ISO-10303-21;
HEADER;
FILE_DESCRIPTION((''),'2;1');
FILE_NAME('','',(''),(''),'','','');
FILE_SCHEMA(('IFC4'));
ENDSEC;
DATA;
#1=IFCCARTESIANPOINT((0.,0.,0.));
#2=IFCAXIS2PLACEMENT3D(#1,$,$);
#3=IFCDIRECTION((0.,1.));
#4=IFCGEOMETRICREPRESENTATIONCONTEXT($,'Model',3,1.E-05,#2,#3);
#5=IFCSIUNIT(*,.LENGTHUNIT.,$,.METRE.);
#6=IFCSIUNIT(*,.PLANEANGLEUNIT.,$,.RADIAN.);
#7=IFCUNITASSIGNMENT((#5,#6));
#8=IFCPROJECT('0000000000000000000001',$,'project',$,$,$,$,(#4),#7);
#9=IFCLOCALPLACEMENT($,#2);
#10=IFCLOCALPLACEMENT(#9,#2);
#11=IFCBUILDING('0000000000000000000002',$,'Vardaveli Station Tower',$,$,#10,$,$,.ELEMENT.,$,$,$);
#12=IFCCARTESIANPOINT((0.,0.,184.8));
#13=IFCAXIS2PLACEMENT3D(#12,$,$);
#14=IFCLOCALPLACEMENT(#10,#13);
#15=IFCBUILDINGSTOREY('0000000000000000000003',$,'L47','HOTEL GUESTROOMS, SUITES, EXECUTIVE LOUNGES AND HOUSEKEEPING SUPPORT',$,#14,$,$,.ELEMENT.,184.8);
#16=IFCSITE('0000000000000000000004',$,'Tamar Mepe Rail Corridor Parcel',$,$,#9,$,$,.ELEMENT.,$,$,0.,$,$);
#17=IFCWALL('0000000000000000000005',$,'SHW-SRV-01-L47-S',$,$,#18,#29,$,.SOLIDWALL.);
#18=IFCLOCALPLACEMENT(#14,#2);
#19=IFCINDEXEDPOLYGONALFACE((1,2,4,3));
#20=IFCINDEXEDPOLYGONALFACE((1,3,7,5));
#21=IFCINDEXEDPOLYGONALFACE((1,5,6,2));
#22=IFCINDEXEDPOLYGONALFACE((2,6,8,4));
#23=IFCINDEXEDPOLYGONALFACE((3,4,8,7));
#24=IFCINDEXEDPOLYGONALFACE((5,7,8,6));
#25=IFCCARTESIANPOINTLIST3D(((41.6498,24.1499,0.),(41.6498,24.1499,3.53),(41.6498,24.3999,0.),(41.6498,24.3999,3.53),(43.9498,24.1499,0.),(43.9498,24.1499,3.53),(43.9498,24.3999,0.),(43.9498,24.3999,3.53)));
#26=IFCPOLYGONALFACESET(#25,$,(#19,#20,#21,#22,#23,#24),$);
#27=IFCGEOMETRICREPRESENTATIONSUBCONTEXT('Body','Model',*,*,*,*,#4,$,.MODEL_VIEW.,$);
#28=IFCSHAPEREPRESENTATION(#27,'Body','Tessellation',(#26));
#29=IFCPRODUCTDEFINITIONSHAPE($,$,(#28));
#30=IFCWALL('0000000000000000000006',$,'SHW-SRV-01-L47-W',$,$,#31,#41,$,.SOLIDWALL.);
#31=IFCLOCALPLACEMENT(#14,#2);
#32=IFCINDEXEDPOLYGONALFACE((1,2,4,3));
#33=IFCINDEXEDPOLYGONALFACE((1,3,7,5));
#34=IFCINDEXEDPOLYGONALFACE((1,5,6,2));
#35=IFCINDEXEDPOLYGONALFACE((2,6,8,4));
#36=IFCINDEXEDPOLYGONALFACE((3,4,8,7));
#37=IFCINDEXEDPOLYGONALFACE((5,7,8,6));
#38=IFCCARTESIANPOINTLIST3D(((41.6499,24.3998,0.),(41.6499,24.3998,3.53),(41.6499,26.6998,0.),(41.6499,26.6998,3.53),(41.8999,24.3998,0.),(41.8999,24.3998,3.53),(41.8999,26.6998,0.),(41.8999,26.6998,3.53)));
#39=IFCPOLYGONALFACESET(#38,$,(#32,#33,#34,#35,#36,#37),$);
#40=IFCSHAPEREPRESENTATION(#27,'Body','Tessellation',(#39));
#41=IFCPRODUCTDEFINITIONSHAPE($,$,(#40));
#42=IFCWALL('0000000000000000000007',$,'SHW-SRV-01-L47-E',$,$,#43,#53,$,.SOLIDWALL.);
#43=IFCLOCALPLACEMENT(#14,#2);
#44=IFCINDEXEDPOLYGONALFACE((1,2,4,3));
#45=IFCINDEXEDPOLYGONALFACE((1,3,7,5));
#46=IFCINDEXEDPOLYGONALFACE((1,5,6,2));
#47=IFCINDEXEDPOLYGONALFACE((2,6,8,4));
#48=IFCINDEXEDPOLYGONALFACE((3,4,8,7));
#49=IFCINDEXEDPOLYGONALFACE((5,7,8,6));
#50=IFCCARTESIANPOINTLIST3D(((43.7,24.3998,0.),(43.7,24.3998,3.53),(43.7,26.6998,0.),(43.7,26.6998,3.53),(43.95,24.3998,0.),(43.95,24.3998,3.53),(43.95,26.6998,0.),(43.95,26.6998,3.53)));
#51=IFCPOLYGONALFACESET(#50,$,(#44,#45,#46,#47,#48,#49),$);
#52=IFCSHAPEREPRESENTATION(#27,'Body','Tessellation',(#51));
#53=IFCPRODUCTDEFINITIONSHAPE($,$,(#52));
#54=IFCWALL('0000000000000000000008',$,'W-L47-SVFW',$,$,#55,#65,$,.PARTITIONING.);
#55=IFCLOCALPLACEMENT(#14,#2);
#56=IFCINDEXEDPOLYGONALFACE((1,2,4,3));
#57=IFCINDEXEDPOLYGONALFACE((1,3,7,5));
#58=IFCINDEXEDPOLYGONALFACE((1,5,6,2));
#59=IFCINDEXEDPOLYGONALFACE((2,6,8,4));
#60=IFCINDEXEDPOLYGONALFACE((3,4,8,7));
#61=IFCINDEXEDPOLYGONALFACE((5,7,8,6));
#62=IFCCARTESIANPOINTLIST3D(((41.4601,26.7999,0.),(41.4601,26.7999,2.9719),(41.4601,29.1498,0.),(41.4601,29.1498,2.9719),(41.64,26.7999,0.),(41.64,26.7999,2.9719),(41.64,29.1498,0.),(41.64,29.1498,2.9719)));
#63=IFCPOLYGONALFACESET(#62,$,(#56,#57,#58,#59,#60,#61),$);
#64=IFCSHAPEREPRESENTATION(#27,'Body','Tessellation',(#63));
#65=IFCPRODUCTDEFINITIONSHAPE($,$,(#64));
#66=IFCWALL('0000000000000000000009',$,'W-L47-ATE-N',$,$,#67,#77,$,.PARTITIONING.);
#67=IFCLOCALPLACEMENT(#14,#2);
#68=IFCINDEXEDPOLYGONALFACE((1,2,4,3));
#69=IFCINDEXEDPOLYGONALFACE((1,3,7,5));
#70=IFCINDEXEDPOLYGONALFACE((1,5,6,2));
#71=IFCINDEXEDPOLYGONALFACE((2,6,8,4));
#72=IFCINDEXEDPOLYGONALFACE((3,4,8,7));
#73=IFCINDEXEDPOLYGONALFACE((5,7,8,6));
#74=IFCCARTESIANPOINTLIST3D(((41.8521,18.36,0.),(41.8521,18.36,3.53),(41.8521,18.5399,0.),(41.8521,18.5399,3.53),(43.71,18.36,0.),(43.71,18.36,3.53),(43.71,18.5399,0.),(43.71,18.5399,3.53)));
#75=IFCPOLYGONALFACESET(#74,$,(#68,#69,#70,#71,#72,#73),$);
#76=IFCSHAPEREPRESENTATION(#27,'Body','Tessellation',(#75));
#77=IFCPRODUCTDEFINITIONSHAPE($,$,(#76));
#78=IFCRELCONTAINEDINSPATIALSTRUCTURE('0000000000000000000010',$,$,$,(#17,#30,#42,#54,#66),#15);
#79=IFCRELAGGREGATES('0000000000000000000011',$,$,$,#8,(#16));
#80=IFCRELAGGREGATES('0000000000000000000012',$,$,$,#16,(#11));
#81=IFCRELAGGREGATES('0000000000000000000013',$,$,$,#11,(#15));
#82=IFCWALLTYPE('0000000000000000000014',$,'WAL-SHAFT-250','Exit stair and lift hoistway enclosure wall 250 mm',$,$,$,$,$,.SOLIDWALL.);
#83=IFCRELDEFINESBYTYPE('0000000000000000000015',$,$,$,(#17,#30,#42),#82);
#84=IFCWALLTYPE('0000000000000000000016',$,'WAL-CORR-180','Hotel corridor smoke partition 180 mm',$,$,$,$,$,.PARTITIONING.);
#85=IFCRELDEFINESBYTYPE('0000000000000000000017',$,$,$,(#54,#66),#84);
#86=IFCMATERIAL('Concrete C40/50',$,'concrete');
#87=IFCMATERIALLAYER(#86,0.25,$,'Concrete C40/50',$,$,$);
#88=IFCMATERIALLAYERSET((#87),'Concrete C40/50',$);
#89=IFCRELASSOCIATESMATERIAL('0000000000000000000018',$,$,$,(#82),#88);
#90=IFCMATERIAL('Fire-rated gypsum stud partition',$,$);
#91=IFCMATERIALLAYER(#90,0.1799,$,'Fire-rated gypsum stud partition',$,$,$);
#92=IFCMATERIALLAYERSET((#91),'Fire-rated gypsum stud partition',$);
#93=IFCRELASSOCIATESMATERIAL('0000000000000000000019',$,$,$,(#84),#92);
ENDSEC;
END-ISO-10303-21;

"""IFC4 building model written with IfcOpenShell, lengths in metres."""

from ifc_helpers import new_model, si_unit, direction, frame, frame_2d, origin, place, context, subcontext, project, spatial, rectangle, extrude, source, transform, mapped, material, layer, layer_set, type_object, element, save


model = new_model("IFC4")

# Units and contexts
model_context = context("Model", 3, precision=1e-05, world=origin(), true_north=direction((0.0, 1.0)))
body_context = subcontext(model_context, "Body", "Model", "MODEL_VIEW")
ifc_project = project(units=[si_unit("LENGTHUNIT", "METRE"), si_unit("PLANEANGLEUNIT", "RADIAN")], contexts=[model_context])

# Site, building, storey
site_placement = place(None, origin())
site = spatial("IfcSite", under=ifc_project, at=site_placement, Name="Tamar Mepe Rail Corridor Parcel", CompositionType="ELEMENT", RefElevation=0.0)
building_placement = place(site_placement, origin())
building = spatial("IfcBuilding", under=site, at=building_placement, Name="Vardaveli Station Tower", CompositionType="ELEMENT")
storey_placement = place(building_placement, frame((0.0, 0.0, 184.8)))
storey = spatial("IfcBuildingStorey", under=building, at=storey_placement, Name="L47", Description="HOTEL GUESTROOMS, SUITES, EXECUTIVE LOUNGES AND HOUSEKEEPING SUPPORT", CompositionType="ELEMENT", Elevation=184.8)

# Walls
ifc_material_1 = material(Name="Concrete C40/50", Category="concrete")
ifc_layer_1 = layer(ifc_material_1, 0.25, Name="Concrete C40/50")
ifc_layer_set_1 = layer_set([ifc_layer_1], Name="Concrete C40/50")
wall_type_1 = type_object("IfcWallType", Name="WAL-SHAFT-250", Description="Exit stair and lift hoistway enclosure wall 250 mm", PredefinedType="SOLIDWALL", material=ifc_layer_set_1)
shared_shape_1 = source(origin(), body_context, "Body", "SweptSolid", [
    extrude(rectangle(XDim=2.3, YDim=0.25, at=frame_2d((1.1499, 0.0))), origin(), (0.0, 0.0, 1.0), 3.53),
])
for number, where, z_axis, x_axis, name in (
    (1, (41.6499, 24.2749, 0.0), (0.0, 0.0, 1.0), (1.0, 0.0, 0.0), "SHW-SRV-01-L47-S"),
    (2, (41.7749, 24.3999, 0.0), (0.0, 0.0, 1.0), (0.0, 1.0, 0.0), "SHW-SRV-01-L47-W"),
    (3, (43.825, 24.3999, 0.0), (0.0, 0.0, 1.0), (0.0, 1.0, 0.0), "SHW-SRV-01-L47-E"),
):
    element("IfcWall", number, at=place(storey_placement, frame(where, z_axis=z_axis, x_axis=x_axis)), inside=storey, type_object=wall_type_1, Name=name, PredefinedType="SOLIDWALL", context=body_context, shape_type="MappedRepresentation", body=[
        mapped(shared_shape_1, transform((0.0, 0.0, 0.0), scale=1.0)),
    ])
ifc_material_2 = material(Name="Fire-rated gypsum stud partition")
ifc_layer_2 = layer(ifc_material_2, 0.1799, Name="Fire-rated gypsum stud partition")
ifc_layer_set_2 = layer_set([ifc_layer_2], Name="Fire-rated gypsum stud partition")
wall_type_2 = type_object("IfcWallType", Name="WAL-CORR-180", Description="Hotel corridor smoke partition 180 mm", PredefinedType="PARTITIONING", material=ifc_layer_set_2)
shared_shape_2 = source(origin(), body_context, "Body", "SweptSolid", [
    extrude(rectangle(XDim=2.3499, YDim=0.1799, at=frame_2d((1.1748, 0.0))), origin(), (0.0, 0.0, 1.0), 2.9719),
])
wall_1_placement = place(storey_placement, frame((41.55, 26.8, 0.0), z_axis=(0.0, 0.0, 1.0), x_axis=(0.0, 1.0, 0.0)))
element("IfcWall", 4, at=wall_1_placement, inside=storey, type_object=wall_type_2, Name="W-L47-SVFW", PredefinedType="PARTITIONING", context=body_context, shape_type="MappedRepresentation", body=[
    mapped(shared_shape_2, transform((0.0, 0.0, 0.0), scale=1.0)),
])
shared_shape_3 = source(origin(), body_context, "Body", "SweptSolid", [
    extrude(rectangle(XDim=1.8579, YDim=0.1799, at=frame_2d((0.929, 0.0))), origin(), (0.0, 0.0, 1.0), 3.53),
])
wall_2_placement = place(storey_placement, frame((41.8521, 18.45, 0.0), z_axis=(0.0, 0.0, 1.0), x_axis=(1.0, 0.0, 0.0)))
element("IfcWall", 5, at=wall_2_placement, inside=storey, type_object=wall_type_2, Name="W-L47-ATE-N", PredefinedType="PARTITIONING", context=body_context, shape_type="MappedRepresentation", body=[
    mapped(shared_shape_3, transform((0.0, 0.0, 0.0), scale=1.0)),
])

save(model, "model.ifc")
